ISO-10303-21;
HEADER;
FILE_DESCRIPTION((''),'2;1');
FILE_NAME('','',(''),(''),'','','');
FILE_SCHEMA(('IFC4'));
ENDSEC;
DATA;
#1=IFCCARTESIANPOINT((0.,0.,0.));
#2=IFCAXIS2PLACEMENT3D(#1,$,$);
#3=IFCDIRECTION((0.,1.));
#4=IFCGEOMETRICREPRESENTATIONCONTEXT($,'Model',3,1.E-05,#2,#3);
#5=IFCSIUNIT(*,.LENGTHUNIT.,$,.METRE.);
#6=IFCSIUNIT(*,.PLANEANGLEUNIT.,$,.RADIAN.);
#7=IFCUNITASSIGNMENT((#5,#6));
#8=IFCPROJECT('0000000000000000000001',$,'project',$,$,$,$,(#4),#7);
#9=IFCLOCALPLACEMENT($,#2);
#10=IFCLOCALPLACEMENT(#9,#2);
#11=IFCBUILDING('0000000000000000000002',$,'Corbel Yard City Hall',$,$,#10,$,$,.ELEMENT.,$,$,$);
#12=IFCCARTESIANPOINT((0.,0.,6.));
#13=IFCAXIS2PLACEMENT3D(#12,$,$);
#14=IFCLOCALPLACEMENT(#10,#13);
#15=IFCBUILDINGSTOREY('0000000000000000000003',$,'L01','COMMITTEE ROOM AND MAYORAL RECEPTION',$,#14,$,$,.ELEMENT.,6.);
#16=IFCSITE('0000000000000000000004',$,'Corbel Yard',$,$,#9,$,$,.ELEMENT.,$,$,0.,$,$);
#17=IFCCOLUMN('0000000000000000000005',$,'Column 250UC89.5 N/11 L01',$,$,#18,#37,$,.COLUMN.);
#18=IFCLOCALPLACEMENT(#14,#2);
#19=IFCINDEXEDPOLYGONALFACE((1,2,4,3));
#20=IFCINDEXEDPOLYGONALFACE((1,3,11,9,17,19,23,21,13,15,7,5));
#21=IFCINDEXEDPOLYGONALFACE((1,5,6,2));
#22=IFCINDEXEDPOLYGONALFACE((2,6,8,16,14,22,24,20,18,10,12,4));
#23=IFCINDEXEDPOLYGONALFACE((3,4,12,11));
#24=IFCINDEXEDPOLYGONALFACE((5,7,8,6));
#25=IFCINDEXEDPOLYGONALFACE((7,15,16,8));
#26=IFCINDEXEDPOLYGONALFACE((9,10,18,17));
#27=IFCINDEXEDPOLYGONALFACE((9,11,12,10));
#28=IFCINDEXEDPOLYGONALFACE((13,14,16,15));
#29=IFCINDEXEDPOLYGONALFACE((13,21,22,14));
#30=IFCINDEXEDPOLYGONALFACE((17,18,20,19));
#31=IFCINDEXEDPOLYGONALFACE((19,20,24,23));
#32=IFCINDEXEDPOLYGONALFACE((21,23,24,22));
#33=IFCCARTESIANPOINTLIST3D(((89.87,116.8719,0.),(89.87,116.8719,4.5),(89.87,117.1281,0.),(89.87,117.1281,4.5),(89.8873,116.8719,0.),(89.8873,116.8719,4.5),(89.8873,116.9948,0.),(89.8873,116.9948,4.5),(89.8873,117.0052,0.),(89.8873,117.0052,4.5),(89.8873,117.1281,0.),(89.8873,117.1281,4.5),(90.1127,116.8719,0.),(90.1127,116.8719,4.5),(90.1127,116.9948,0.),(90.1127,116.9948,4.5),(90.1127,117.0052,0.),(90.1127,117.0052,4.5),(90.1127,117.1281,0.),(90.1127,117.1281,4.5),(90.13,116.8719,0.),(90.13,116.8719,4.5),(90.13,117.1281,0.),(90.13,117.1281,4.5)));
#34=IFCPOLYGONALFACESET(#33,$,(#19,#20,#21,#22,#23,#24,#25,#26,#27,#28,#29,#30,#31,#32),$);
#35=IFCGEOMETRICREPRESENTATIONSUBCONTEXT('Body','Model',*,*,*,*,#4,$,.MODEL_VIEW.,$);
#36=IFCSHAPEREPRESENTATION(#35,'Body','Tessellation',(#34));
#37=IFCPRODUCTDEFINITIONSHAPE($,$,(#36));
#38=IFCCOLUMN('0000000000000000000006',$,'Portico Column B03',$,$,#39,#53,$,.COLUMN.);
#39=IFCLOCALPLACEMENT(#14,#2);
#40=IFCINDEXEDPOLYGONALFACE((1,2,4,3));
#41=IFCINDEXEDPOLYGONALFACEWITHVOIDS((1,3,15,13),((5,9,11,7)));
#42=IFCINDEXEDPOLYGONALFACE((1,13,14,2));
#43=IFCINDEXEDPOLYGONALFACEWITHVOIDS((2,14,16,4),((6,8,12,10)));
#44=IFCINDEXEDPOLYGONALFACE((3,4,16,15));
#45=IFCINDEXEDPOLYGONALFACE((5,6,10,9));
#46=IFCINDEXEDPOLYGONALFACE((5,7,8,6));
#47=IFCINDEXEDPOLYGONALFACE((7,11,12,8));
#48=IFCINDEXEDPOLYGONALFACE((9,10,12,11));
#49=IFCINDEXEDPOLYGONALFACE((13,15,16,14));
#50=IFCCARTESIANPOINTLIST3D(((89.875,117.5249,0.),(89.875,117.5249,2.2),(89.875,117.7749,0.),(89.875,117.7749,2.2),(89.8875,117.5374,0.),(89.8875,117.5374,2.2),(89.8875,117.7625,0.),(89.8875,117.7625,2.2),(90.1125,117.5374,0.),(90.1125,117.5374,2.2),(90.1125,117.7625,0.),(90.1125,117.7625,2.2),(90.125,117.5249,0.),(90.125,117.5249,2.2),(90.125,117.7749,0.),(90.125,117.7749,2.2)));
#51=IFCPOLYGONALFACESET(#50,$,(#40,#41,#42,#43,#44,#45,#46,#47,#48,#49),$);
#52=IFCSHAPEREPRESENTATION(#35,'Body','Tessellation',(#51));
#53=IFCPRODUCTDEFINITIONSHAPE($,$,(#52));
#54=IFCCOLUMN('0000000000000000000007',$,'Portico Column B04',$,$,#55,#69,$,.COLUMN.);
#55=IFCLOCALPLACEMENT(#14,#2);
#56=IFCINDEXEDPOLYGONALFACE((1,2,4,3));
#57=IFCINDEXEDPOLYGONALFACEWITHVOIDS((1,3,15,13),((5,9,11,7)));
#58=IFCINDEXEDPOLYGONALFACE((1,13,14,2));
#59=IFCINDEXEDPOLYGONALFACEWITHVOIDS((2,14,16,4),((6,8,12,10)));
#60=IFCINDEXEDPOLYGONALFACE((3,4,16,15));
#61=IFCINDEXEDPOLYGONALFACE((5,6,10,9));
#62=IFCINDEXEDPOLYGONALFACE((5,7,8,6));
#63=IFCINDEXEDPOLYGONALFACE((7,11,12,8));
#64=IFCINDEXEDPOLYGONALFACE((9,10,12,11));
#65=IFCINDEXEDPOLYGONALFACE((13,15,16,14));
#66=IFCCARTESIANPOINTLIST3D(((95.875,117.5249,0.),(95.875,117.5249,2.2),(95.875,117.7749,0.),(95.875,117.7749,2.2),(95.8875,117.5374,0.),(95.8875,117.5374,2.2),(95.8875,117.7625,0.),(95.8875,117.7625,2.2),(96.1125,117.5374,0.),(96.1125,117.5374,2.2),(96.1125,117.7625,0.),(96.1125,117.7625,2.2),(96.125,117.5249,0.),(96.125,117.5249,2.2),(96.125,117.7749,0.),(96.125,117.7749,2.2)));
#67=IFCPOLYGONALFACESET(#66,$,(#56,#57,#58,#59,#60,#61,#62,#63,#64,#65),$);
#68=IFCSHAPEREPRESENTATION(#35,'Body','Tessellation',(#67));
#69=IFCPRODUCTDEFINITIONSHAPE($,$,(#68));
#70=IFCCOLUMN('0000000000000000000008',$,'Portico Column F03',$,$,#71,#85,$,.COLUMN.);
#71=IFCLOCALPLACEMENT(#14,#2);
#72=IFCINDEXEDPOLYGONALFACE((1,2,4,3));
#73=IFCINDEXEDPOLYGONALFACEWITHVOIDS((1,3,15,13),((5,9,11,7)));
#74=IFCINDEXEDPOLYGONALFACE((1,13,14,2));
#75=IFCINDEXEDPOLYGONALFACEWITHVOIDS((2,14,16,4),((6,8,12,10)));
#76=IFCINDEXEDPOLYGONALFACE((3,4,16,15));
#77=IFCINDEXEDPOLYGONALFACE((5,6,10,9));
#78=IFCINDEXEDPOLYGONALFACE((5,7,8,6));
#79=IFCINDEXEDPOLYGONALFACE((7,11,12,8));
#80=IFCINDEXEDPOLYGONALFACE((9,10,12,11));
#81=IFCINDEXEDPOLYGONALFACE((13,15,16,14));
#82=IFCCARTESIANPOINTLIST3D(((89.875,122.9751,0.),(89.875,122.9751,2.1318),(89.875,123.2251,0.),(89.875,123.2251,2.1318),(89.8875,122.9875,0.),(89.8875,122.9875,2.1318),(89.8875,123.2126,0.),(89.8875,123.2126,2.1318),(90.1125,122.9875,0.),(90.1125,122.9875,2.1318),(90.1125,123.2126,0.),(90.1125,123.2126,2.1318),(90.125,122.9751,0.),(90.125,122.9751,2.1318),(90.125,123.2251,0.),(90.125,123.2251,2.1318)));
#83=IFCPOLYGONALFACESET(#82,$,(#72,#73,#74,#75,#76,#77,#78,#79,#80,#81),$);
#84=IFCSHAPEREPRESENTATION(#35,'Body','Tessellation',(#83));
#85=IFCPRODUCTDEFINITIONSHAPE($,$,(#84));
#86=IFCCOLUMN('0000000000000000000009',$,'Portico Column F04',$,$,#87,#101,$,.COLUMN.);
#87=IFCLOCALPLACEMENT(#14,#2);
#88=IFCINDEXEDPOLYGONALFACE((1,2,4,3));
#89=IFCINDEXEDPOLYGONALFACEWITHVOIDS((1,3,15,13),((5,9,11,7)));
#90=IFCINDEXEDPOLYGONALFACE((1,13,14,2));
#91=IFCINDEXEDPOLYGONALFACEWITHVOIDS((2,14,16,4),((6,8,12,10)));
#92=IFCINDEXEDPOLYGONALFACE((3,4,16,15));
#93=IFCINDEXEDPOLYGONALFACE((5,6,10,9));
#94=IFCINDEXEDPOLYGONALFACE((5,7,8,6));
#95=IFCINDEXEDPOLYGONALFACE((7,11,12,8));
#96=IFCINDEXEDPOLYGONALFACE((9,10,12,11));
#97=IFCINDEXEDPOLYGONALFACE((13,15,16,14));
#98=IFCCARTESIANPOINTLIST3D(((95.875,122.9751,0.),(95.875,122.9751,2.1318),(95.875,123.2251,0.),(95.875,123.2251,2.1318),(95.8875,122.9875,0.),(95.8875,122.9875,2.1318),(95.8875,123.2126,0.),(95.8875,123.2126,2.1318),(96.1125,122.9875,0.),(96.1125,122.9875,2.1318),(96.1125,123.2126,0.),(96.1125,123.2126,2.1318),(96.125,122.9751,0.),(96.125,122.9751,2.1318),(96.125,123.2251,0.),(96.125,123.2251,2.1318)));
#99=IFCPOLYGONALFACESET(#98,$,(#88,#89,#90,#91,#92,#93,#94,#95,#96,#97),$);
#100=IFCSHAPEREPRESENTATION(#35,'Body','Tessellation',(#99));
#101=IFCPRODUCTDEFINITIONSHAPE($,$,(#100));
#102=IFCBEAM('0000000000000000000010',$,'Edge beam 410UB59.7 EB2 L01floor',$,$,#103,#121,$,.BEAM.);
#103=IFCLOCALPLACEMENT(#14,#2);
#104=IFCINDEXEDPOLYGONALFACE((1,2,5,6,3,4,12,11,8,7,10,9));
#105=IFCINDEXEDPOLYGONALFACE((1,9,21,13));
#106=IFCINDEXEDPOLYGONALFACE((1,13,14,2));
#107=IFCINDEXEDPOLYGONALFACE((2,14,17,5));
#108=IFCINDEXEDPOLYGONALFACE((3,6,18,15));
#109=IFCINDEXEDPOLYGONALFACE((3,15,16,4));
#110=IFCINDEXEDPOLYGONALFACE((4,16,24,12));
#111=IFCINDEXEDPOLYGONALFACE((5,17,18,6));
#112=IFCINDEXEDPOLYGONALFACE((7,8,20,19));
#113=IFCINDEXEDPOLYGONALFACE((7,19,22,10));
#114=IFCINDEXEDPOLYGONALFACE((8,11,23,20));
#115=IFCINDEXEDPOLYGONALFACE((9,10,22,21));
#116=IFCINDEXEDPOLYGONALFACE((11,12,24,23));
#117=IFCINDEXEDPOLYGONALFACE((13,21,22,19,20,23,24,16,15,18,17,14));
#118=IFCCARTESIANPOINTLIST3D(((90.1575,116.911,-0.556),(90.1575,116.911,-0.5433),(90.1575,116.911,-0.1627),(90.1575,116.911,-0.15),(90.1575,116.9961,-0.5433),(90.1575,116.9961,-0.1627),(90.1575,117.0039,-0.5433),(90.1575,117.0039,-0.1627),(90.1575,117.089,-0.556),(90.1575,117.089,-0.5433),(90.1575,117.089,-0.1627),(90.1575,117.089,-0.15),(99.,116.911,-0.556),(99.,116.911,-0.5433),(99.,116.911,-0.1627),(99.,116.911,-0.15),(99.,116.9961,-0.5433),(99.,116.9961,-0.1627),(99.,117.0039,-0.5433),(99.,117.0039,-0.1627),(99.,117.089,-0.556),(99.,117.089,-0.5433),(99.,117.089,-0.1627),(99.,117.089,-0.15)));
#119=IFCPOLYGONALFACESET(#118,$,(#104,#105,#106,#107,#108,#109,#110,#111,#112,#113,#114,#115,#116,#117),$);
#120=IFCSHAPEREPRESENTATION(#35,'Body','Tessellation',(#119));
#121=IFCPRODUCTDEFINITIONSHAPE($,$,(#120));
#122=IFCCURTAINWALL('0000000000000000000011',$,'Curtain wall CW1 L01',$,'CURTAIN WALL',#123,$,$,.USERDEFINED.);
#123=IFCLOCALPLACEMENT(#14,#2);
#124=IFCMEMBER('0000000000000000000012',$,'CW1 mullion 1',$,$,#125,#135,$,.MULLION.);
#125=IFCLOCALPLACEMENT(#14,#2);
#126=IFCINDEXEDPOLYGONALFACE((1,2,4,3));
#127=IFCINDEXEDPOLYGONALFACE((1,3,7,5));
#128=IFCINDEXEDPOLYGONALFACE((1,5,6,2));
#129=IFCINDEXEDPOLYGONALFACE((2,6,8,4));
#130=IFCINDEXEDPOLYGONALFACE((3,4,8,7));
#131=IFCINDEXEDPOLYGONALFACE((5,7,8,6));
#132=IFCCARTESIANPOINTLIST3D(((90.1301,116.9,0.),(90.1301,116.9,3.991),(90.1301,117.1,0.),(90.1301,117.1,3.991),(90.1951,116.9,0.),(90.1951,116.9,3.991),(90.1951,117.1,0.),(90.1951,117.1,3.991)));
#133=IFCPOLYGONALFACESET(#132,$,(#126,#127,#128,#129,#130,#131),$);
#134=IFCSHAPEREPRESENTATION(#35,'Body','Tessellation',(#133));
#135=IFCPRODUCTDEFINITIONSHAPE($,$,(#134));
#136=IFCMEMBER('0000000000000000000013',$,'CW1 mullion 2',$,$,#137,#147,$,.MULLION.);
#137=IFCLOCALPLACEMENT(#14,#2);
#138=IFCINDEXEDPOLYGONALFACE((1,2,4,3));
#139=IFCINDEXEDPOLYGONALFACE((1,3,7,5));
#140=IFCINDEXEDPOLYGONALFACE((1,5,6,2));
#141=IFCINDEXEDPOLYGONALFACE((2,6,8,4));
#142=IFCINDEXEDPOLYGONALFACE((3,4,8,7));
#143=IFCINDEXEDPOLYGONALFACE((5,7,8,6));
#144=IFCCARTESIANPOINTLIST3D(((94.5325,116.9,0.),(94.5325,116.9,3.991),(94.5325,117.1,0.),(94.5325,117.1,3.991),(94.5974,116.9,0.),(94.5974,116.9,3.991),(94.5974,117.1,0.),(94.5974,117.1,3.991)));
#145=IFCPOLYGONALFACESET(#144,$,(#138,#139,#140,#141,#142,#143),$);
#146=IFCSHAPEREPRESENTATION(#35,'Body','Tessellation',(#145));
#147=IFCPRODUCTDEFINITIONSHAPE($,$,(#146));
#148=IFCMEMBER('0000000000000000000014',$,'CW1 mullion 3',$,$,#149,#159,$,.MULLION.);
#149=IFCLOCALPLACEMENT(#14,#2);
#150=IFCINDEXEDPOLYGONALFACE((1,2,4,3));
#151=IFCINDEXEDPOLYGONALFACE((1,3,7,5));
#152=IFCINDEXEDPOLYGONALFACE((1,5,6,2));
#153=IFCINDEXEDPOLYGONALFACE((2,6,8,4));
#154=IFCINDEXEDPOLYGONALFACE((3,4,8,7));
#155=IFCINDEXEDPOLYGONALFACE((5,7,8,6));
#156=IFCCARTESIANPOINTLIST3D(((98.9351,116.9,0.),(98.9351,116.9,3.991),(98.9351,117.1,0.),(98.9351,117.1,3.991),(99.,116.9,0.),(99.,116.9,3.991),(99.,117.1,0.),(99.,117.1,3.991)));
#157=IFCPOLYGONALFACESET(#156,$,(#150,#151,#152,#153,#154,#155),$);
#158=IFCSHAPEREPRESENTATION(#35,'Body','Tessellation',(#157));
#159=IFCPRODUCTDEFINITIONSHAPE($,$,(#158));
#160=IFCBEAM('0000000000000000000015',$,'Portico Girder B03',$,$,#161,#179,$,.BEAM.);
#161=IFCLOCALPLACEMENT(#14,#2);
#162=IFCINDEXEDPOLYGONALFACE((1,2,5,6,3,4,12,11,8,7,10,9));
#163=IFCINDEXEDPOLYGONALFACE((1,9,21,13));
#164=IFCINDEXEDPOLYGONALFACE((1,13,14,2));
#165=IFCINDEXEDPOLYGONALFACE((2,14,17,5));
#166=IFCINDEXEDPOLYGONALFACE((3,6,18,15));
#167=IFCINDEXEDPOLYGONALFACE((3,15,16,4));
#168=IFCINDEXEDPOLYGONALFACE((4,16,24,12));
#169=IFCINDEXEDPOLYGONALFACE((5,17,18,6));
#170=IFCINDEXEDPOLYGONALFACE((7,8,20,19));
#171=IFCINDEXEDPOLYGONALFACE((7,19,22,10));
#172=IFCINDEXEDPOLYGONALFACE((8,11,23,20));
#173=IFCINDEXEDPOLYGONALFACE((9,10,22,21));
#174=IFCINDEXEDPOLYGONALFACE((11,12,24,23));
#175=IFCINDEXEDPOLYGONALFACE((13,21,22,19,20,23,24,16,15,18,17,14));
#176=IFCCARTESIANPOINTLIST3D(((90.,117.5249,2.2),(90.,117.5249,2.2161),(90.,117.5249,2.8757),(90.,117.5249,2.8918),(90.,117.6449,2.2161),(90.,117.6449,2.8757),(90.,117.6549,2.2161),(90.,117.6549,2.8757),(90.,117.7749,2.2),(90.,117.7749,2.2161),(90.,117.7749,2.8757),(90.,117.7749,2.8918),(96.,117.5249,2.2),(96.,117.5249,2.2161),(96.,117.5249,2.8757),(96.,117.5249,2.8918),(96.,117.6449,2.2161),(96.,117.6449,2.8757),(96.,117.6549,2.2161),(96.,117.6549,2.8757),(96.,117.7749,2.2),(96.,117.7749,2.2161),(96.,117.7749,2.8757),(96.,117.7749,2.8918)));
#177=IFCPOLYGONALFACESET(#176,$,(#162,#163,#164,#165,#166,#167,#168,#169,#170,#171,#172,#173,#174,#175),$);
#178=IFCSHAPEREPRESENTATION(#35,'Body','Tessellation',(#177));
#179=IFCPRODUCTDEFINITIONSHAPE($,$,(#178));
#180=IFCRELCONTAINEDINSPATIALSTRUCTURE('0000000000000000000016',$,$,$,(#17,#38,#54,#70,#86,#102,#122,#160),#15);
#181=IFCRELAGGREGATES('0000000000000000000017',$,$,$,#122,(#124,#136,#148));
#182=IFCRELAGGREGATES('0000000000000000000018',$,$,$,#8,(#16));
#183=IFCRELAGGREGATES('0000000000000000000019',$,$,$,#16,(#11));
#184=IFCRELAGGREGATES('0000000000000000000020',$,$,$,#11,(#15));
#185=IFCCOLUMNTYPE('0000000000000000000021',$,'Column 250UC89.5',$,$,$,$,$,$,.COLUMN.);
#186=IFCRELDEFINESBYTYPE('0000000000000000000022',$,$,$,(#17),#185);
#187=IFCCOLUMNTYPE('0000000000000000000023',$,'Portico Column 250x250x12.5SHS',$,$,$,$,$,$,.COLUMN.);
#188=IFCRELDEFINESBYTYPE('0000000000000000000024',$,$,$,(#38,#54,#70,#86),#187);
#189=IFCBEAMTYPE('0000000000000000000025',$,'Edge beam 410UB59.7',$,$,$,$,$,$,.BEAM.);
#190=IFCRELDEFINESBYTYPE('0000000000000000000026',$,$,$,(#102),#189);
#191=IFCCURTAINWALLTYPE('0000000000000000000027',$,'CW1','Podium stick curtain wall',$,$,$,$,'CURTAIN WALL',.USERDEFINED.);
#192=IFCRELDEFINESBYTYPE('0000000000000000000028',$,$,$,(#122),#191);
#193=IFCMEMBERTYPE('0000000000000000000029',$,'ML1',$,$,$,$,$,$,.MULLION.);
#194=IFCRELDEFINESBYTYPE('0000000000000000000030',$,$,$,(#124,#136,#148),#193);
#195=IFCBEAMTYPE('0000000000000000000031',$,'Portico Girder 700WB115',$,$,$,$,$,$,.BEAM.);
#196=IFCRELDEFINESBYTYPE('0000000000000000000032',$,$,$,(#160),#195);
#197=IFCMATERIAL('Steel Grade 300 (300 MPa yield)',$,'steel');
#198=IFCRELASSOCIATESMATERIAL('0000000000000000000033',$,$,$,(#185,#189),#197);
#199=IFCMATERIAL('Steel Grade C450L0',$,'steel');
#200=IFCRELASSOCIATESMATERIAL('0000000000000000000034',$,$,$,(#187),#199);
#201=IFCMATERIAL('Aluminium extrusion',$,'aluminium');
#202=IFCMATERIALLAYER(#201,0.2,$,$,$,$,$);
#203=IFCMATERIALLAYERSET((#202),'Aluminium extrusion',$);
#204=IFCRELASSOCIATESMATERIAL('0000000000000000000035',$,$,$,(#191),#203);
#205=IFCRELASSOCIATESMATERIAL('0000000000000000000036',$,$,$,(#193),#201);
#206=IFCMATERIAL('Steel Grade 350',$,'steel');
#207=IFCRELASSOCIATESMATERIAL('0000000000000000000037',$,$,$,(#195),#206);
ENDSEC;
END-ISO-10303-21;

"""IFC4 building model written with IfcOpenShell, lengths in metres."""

from ifc_helpers import new_model, si_unit, direction, frame, origin, origin_2d, place, context, subcontext, project, spatial, rectangle, hollow_rectangle, i_section, extrude, material, layer, layer_set, material_profile, profile_set, type_object, element, aggregate, save


model = new_model("IFC4")

# Units and contexts
model_context = context("Model", 3, precision=1e-05, world=origin(), true_north=direction((0.0, 1.0)))
body_context = subcontext(model_context, "Body", "Model", "MODEL_VIEW")
ifc_project = project(units=[si_unit("LENGTHUNIT", "METRE"), si_unit("PLANEANGLEUNIT", "RADIAN")], contexts=[model_context])

# Site, building, storey
site_placement = place(None, origin())
site = spatial("IfcSite", under=ifc_project, at=site_placement, Name="Corbel Yard", CompositionType="ELEMENT", RefElevation=0.0)
building_placement = place(site_placement, origin())
building = spatial("IfcBuilding", under=site, at=building_placement, Name="Corbel Yard City Hall", CompositionType="ELEMENT")
storey_placement = place(building_placement, frame((0.0, 0.0, 6.0)))
storey = spatial("IfcBuildingStorey", under=building, at=storey_placement, Name="L01", Description="COMMITTEE ROOM AND MAYORAL RECEPTION", CompositionType="ELEMENT", Elevation=6.0)

# Columns
ifc_material_1 = material(Name="Steel Grade 300 (300 MPa yield)", Category="steel")
ifc_material_profile_1 = material_profile(ifc_material_1, i_section(OverallWidth=0.2561, OverallDepth=0.26, WebThickness=0.0105, FlangeThickness=0.0173, at=origin_2d()), Name="250UC89.5")
ifc_profile_set_1 = profile_set([ifc_material_profile_1], Name="Steel Grade 300 (300 MPa yield)")
column_type_1 = type_object("IfcColumnType", Name="Column 250UC89.5", PredefinedType="COLUMN", material=ifc_profile_set_1)
column_placement = place(storey_placement, frame((90.0, 117.0, 0.0), z_axis=(0.0, 0.0, 1.0), x_axis=(0.0, 1.0, 0.0)))
element("IfcColumn", 1, at=column_placement, inside=storey, type_object=column_type_1, Name="Column 250UC89.5 N/11 L01", PredefinedType="COLUMN", context=body_context, shape_type="SweptSolid", body=[
    extrude(i_section(OverallWidth=0.2561, OverallDepth=0.26, WebThickness=0.0105, FlangeThickness=0.0173, at=origin_2d()), origin(), (0.0, 0.0, 1.0), 4.5),
])
ifc_material_2 = material(Name="Steel Grade C450L0", Category="steel")
ifc_material_profile_2 = material_profile(ifc_material_2, hollow_rectangle(XDim=0.25, YDim=0.25, WallThickness=0.0125, at=origin_2d()), Name="250x250x12.5SHS")
ifc_profile_set_2 = profile_set([ifc_material_profile_2], Name="Steel Grade C450L0")
column_type_2 = type_object("IfcColumnType", Name="Portico Column 250x250x12.5SHS", PredefinedType="COLUMN", material=ifc_profile_set_2)
for number, where, z_axis, x_axis, name in (
    (2, (90.0, 117.6499, 0.0), (0.0, 0.0, 1.0), (1.0, 0.0, 0.0), "Portico Column B03"),
    (3, (96.0, 117.6499, 0.0), (0.0, 0.0, 1.0), (1.0, 0.0, 0.0), "Portico Column B04"),
):
    element("IfcColumn", number, at=place(storey_placement, frame(where, z_axis=z_axis, x_axis=x_axis)), inside=storey, type_object=column_type_2, Name=name, PredefinedType="COLUMN", context=body_context, shape_type="SweptSolid", body=[
        extrude(hollow_rectangle(XDim=0.25, YDim=0.25, WallThickness=0.0125, at=origin_2d()), origin(), (0.0, 0.0, 1.0), 2.2),
    ])
for number, where, z_axis, x_axis, name in (
    (4, (90.0, 123.1001, 0.0), (0.0, 0.0, 1.0), (1.0, 0.0, 0.0), "Portico Column F03"),
    (5, (96.0, 123.1001, 0.0), (0.0, 0.0, 1.0), (1.0, 0.0, 0.0), "Portico Column F04"),
):
    element("IfcColumn", number, at=place(storey_placement, frame(where, z_axis=z_axis, x_axis=x_axis)), inside=storey, type_object=column_type_2, Name=name, PredefinedType="COLUMN", context=body_context, shape_type="SweptSolid", body=[
        extrude(hollow_rectangle(XDim=0.25, YDim=0.25, WallThickness=0.0125, at=origin_2d()), origin(), (0.0, 0.0, 1.0), 2.1318),
    ])

# Beam
ifc_material_profile_3 = material_profile(ifc_material_1, i_section(OverallWidth=0.178, OverallDepth=0.406, WebThickness=0.0078, FlangeThickness=0.0127, at=origin_2d()), Name="410UB59.7")
ifc_profile_set_3 = profile_set([ifc_material_profile_3], Name="Steel Grade 300 (300 MPa yield)")
beam_type_1 = type_object("IfcBeamType", Name="Edge beam 410UB59.7", PredefinedType="BEAM", material=ifc_profile_set_3)
beam_placement = place(storey_placement, frame((90.1575, 117.0, -0.353), z_axis=(1.0, 0.0, 0.0), x_axis=(0.0, 1.0, 0.0)))
element("IfcBeam", 6, at=beam_placement, inside=storey, type_object=beam_type_1, Name="Edge beam 410UB59.7 EB2 L01floor", PredefinedType="BEAM", context=body_context, shape_type="SweptSolid", body=[
    extrude(i_section(OverallWidth=0.178, OverallDepth=0.406, WebThickness=0.0078, FlangeThickness=0.0127, at=origin_2d()), origin(), (0.0, 0.0, 1.0), 8.8425),
])

# Curtain wall, members
ifc_material_3 = material(Name="Aluminium extrusion", Category="aluminium")
ifc_layer_1 = layer(ifc_material_3, 0.2)
ifc_layer_set_1 = layer_set([ifc_layer_1], Name="Aluminium extrusion")
curtain_wall_type = type_object("IfcCurtainWallType", Name="CW1", Description="Podium stick curtain wall", ElementType="CURTAIN WALL", PredefinedType="USERDEFINED", material=ifc_layer_set_1)
curtain_wall_placement = place(storey_placement, origin())
curtain_wall = element("IfcCurtainWall", 7, at=curtain_wall_placement, inside=storey, type_object=curtain_wall_type, Name="Curtain wall CW1 L01", ObjectType="CURTAIN WALL", PredefinedType="USERDEFINED")
ifc_material_profile_4 = material_profile(ifc_material_3, rectangle(XDim=0.2, YDim=0.0649, at=origin_2d()), Name="200x65")
ifc_profile_set_4 = profile_set([ifc_material_profile_4], Name="Aluminium extrusion")
member_type_1 = type_object("IfcMemberType", Name="ML1", PredefinedType="MULLION", material=ifc_profile_set_4)
member_1_placement = place(storey_placement, frame((90.1626, 117.0, 0.0), z_axis=(0.0, 0.0, 1.0), x_axis=(0.0, 1.0, 0.0)))
member_1 = element("IfcMember", 8, at=member_1_placement, type_object=member_type_1, Name="CW1 mullion 1", PredefinedType="MULLION", context=body_context, shape_type="SweptSolid", body=[
    extrude(rectangle(XDim=0.2, YDim=0.0649, at=origin_2d()), origin(), (0.0, 0.0, 1.0), 3.991),
])
member_2_placement = place(storey_placement, frame((94.5649, 117.0, 0.0), z_axis=(0.0, 0.0, 1.0), x_axis=(0.0, 1.0, 0.0)))
member_2 = element("IfcMember", 9, at=member_2_placement, type_object=member_type_1, Name="CW1 mullion 2", PredefinedType="MULLION", context=body_context, shape_type="SweptSolid", body=[
    extrude(rectangle(XDim=0.2, YDim=0.0649, at=origin_2d()), origin(), (0.0, 0.0, 1.0), 3.991),
])
member_3_placement = place(storey_placement, frame((98.9675, 117.0, 0.0), z_axis=(0.0, 0.0, 1.0), x_axis=(0.0, 1.0, 0.0)))
member_3 = element("IfcMember", 10, at=member_3_placement, type_object=member_type_1, Name="CW1 mullion 3", PredefinedType="MULLION", context=body_context, shape_type="SweptSolid", body=[
    extrude(rectangle(XDim=0.2, YDim=0.0649, at=origin_2d()), origin(), (0.0, 0.0, 1.0), 3.991),
])

# Beam
ifc_material_4 = material(Name="Steel Grade 350", Category="steel")
ifc_material_profile_5 = material_profile(ifc_material_4, i_section(OverallWidth=0.25, OverallDepth=0.6919, WebThickness=0.01, FlangeThickness=0.0161, at=origin_2d()), Name="700WB115")
ifc_profile_set_5 = profile_set([ifc_material_profile_5], Name="Steel Grade 350")
beam_type_2 = type_object("IfcBeamType", Name="Portico Girder 700WB115", PredefinedType="BEAM", material=ifc_profile_set_5)
for number, where, z_axis, x_axis, name in (
    (11, (90.0, 117.6499, 2.5459), (1.0, 0.0, 0.0), (0.0, 1.0, 0.0), "Portico Girder B03"),
):
    element("IfcBeam", number, at=place(storey_placement, frame(where, z_axis=z_axis, x_axis=x_axis)), inside=storey, type_object=beam_type_2, Name=name, PredefinedType="BEAM", context=body_context, shape_type="SweptSolid", body=[
        extrude(i_section(OverallWidth=0.25, OverallDepth=0.6919, WebThickness=0.01, FlangeThickness=0.0161, at=origin_2d()), origin(), (0.0, 0.0, 1.0), 6.0),
    ])

aggregate(curtain_wall, [member_1, member_2, member_3])

save(model, "model.ifc")
